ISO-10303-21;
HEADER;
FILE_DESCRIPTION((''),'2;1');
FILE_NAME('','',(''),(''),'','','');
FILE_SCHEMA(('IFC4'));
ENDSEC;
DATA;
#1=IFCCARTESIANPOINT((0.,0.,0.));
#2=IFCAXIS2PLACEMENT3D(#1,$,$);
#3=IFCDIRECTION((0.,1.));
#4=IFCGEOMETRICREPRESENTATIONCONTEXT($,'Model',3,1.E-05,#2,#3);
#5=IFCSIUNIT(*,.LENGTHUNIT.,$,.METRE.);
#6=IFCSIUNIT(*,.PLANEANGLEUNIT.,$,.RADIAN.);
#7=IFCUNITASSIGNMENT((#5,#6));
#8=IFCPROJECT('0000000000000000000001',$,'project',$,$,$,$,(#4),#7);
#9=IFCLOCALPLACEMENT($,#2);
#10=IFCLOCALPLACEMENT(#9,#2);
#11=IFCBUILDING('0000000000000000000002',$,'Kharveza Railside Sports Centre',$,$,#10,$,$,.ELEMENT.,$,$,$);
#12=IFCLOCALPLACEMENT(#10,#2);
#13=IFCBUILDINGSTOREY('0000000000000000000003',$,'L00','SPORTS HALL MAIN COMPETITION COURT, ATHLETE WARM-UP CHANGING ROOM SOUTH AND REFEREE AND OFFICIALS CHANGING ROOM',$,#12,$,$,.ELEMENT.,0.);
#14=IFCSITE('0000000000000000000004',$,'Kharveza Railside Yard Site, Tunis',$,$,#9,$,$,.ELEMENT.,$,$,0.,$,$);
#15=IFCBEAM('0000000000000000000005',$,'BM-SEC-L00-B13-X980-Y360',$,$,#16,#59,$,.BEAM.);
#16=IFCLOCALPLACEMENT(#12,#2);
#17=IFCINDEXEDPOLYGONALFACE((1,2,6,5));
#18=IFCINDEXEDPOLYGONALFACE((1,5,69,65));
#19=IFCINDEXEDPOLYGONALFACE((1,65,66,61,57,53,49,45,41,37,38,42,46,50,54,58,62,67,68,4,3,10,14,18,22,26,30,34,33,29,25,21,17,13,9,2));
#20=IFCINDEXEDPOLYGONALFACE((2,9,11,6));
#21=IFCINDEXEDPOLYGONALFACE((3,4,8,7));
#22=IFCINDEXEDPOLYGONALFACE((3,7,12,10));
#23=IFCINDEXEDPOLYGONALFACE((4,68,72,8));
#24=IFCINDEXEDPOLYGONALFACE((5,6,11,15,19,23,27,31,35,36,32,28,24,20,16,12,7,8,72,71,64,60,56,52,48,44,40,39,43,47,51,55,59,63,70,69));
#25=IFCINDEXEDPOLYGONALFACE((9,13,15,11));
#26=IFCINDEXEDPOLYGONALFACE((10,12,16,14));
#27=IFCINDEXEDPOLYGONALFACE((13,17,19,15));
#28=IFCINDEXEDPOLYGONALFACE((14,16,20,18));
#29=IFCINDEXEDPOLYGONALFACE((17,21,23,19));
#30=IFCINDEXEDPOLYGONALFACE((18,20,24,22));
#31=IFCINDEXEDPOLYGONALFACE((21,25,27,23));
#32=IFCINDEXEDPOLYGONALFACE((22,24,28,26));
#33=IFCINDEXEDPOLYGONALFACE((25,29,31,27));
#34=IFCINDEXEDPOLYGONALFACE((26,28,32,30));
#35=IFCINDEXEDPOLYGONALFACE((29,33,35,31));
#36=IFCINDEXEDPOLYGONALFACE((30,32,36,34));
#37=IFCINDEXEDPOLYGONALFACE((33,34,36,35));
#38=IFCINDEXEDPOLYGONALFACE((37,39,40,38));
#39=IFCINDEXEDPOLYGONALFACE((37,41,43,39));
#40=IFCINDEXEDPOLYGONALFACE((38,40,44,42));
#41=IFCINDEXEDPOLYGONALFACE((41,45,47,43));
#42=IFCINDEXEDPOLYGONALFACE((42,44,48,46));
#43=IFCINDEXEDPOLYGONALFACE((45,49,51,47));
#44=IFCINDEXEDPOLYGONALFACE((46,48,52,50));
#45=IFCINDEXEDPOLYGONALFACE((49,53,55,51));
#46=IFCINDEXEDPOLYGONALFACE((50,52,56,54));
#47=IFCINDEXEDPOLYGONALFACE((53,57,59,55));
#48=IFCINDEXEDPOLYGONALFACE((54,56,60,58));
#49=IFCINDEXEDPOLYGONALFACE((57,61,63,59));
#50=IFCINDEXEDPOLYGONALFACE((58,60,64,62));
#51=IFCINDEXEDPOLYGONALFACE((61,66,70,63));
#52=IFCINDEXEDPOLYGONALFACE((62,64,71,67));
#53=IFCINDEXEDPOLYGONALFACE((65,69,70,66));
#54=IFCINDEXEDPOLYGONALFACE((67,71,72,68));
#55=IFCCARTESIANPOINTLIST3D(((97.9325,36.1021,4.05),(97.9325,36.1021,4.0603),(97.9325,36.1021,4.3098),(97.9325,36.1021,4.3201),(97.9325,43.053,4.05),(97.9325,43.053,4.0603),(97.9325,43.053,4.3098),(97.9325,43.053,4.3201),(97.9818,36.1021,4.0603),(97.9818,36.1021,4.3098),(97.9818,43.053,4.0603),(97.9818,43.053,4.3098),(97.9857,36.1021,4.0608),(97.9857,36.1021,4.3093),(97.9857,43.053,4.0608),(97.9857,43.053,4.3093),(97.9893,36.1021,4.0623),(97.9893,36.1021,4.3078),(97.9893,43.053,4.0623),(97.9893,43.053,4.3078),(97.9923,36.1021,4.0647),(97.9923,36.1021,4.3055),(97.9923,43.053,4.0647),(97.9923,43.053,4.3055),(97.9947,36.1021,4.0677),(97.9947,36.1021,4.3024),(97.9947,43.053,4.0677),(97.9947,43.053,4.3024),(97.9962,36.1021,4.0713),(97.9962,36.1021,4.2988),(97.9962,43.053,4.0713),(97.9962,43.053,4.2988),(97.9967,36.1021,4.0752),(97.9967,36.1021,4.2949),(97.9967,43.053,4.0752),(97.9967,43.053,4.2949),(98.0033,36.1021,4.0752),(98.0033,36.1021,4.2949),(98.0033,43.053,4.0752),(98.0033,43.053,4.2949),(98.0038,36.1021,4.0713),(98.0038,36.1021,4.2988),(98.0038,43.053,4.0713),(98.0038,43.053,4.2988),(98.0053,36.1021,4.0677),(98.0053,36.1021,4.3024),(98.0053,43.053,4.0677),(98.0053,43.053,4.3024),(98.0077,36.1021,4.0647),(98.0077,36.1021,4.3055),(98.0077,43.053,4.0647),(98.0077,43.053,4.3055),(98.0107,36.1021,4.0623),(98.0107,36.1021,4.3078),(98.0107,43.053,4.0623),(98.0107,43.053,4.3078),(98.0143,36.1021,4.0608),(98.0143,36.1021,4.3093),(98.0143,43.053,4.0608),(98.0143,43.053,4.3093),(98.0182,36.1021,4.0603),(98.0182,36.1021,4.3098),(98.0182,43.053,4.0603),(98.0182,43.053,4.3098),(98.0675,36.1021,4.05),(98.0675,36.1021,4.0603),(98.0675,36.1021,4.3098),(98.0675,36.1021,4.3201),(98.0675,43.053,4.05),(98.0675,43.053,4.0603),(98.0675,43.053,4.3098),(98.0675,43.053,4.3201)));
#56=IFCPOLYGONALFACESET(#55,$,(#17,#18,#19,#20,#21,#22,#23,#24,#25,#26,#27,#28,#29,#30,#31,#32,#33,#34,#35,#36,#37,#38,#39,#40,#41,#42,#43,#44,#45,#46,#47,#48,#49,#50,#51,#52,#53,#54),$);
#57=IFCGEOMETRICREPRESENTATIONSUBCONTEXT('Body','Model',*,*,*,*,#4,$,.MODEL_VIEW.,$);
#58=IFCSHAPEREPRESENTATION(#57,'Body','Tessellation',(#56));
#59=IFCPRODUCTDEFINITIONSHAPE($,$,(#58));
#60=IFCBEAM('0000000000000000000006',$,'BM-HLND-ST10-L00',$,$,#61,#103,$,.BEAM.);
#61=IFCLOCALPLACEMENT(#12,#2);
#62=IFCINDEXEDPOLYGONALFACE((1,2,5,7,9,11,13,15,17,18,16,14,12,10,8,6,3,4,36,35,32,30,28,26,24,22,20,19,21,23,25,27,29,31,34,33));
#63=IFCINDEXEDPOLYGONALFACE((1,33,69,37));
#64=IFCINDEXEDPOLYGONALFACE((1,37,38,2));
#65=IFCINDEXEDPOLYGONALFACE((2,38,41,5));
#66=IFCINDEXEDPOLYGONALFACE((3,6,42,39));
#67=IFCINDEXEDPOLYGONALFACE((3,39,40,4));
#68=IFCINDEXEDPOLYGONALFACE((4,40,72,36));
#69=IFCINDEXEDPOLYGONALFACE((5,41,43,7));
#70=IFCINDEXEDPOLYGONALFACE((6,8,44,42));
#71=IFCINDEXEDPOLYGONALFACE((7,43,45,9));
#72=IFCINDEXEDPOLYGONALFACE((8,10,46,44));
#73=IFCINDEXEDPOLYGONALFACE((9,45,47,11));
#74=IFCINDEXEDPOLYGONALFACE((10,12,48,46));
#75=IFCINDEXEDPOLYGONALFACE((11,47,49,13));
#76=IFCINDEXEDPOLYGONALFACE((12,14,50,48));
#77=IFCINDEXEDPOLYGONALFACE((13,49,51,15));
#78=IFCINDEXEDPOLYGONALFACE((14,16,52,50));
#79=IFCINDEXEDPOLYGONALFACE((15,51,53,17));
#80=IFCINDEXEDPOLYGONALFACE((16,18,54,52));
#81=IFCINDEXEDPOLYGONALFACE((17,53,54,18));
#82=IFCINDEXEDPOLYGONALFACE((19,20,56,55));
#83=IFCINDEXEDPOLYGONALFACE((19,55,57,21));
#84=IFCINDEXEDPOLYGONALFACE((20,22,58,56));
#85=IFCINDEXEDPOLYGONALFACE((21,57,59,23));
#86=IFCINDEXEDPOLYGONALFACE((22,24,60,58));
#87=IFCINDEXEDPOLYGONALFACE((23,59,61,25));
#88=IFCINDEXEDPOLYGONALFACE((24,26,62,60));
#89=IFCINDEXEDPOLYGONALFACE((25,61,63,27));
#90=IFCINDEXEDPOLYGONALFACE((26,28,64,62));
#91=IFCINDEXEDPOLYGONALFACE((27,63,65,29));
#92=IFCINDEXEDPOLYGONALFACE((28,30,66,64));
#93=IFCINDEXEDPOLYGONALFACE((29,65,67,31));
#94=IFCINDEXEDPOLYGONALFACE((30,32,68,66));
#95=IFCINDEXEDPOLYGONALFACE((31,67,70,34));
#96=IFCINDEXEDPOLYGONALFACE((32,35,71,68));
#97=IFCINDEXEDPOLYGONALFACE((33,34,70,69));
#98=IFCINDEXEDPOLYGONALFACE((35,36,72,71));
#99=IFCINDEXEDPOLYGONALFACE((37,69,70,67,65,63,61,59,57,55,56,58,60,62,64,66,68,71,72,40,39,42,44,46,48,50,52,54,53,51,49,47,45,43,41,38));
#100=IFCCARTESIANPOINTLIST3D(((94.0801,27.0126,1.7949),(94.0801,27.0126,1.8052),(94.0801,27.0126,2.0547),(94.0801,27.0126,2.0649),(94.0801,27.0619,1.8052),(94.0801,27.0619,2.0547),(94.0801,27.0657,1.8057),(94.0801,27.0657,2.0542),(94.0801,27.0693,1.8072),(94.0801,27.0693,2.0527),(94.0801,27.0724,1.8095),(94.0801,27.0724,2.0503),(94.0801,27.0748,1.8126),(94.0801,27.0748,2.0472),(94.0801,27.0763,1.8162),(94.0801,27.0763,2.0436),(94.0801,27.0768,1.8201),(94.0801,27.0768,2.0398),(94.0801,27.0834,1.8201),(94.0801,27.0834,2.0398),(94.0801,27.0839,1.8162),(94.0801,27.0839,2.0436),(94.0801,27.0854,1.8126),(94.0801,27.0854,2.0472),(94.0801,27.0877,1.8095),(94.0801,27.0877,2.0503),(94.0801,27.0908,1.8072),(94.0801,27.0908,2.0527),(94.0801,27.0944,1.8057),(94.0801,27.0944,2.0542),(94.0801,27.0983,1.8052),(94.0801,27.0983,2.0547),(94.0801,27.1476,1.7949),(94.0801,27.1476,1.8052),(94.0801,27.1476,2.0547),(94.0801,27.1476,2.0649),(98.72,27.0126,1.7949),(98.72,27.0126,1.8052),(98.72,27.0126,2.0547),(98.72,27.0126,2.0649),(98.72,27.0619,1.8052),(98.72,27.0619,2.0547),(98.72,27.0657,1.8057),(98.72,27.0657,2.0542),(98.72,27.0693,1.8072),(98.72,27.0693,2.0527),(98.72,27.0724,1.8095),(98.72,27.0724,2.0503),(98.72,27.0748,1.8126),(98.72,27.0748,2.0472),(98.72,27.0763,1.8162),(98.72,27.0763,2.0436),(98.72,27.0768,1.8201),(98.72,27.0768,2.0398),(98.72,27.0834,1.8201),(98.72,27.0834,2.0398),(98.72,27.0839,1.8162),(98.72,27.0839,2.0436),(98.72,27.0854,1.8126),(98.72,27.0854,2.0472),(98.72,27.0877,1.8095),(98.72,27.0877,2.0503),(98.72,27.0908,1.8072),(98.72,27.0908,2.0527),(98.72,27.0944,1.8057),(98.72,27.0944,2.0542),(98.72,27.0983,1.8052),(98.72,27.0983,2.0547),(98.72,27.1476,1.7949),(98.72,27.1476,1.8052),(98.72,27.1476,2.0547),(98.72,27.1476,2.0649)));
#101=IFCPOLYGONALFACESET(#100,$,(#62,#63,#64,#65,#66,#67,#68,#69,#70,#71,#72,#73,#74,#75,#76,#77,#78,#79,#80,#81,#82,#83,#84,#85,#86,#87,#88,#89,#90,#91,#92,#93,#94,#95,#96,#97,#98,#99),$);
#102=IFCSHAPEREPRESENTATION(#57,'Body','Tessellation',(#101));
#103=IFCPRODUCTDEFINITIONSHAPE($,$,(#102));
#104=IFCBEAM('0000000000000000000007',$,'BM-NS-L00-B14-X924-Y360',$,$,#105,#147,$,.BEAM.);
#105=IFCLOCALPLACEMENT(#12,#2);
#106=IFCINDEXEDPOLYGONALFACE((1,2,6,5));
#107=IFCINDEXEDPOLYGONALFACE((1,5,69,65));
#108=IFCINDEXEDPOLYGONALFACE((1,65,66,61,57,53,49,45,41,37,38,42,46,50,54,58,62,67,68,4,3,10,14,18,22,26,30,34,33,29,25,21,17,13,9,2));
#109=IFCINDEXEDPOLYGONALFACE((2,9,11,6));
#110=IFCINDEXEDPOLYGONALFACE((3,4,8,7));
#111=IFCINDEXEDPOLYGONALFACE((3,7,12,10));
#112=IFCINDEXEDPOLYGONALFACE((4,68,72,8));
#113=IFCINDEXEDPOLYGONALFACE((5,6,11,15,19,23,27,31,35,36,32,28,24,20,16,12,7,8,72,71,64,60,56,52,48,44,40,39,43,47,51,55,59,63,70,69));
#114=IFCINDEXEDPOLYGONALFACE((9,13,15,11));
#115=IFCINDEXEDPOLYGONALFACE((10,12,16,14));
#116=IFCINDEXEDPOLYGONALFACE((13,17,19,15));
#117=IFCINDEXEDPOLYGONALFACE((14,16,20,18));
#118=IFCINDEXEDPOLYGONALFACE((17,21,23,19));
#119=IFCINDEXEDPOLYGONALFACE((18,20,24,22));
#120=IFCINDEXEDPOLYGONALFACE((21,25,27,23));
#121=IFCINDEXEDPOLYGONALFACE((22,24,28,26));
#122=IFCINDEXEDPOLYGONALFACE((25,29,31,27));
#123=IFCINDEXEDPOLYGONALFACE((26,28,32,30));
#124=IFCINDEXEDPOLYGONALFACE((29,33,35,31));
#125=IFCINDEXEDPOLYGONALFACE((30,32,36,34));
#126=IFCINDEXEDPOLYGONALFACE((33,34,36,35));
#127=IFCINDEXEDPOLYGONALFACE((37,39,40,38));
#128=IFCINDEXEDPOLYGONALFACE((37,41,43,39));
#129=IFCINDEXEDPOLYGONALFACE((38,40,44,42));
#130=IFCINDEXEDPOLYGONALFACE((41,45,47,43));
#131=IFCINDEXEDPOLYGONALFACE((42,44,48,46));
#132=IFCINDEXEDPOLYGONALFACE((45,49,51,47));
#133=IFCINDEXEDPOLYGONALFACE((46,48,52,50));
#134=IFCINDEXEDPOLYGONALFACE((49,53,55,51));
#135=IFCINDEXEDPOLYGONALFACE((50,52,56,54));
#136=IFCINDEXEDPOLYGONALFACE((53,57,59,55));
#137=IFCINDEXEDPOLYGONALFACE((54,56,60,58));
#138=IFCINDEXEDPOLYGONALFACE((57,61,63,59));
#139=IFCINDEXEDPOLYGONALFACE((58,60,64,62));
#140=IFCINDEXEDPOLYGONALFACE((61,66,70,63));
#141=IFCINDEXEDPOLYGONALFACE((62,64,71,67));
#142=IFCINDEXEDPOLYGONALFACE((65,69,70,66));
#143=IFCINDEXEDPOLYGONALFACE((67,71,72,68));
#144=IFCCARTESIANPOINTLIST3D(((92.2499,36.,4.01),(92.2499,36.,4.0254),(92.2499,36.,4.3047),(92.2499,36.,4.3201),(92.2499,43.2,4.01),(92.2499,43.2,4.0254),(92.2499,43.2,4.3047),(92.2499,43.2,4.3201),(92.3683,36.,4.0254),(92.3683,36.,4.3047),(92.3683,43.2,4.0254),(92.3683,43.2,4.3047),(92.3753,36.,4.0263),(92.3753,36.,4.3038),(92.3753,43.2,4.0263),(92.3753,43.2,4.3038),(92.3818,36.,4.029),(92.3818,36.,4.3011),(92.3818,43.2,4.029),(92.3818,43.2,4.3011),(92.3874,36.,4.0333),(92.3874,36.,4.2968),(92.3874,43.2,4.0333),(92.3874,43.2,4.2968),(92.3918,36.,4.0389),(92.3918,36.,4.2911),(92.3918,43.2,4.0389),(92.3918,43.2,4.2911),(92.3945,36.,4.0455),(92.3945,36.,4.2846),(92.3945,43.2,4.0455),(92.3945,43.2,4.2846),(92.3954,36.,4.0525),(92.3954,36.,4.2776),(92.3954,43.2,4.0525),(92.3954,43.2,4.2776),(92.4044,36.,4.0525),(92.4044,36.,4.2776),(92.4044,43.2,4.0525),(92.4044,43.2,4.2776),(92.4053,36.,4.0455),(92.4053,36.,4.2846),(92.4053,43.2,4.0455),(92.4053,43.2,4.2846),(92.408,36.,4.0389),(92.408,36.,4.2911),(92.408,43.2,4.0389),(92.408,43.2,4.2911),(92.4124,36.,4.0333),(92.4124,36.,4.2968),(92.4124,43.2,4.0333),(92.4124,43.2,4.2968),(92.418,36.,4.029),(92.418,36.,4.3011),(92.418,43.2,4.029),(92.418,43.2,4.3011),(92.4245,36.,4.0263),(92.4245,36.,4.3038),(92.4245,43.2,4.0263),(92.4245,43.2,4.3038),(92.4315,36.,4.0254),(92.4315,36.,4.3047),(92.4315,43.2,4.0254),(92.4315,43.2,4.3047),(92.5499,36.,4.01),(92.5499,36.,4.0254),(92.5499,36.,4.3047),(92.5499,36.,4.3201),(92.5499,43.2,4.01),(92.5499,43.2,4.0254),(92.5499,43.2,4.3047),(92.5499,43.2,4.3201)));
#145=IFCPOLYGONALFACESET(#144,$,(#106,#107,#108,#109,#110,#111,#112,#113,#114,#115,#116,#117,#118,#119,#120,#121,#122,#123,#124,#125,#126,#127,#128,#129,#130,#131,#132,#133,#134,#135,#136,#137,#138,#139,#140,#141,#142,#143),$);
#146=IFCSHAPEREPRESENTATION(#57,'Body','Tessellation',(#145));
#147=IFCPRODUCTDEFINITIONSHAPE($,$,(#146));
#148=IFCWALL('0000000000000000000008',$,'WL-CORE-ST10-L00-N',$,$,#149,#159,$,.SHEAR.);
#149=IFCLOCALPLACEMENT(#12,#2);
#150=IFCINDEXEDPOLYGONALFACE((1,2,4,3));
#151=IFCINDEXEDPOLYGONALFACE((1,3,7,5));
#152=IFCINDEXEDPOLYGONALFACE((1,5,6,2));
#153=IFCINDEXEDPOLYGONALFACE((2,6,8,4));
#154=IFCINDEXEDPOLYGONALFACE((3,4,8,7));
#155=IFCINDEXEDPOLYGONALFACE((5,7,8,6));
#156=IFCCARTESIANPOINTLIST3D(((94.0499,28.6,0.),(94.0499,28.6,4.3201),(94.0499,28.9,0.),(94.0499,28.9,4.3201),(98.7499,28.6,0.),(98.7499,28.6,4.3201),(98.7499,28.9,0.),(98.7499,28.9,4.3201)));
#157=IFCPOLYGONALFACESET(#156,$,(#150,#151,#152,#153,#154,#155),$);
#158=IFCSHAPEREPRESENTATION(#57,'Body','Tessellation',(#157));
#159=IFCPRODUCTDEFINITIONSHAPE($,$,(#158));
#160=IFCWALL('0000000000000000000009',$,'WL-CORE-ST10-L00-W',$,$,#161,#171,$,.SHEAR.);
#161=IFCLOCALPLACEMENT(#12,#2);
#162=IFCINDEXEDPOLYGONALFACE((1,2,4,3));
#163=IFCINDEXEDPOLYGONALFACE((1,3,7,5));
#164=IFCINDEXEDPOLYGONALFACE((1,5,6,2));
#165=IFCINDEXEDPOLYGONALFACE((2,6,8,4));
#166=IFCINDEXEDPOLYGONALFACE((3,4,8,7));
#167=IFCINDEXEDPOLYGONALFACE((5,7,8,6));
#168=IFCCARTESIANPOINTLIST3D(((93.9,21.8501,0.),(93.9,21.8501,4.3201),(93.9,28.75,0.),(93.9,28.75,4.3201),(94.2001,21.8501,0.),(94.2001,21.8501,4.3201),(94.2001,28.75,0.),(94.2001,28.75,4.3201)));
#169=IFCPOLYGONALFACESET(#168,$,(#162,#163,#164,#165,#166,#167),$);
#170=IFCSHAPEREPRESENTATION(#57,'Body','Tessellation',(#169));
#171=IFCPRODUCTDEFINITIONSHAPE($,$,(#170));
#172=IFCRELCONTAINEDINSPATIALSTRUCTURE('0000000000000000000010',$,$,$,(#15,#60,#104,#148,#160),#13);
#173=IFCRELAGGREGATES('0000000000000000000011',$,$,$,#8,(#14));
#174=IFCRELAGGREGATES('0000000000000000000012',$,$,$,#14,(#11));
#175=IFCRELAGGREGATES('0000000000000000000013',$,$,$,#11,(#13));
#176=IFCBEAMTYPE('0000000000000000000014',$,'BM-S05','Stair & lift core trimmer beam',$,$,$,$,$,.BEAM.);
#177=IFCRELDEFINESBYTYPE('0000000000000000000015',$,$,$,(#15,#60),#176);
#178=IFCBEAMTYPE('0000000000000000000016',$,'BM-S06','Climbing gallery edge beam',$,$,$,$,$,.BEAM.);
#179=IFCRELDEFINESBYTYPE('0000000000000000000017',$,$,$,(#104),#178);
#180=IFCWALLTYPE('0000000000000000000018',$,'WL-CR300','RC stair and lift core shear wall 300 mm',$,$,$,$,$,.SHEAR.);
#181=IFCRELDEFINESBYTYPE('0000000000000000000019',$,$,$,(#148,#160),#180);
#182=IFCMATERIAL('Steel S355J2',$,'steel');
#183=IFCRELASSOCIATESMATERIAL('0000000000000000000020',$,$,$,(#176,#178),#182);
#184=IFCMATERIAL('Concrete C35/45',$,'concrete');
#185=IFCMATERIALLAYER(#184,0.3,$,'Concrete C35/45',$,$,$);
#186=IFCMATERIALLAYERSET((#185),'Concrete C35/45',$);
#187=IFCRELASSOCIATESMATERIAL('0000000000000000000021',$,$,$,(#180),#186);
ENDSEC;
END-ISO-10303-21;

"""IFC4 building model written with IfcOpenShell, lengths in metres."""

from ifc_helpers import new_model, si_unit, direction, frame, frame_2d, origin, origin_2d, place, context, subcontext, project, spatial, rectangle, i_section, extrude, material, layer, layer_set, material_profile, profile_set, type_object, element, save


model = new_model("IFC4")

# Units and contexts
model_context = context("Model", 3, precision=1e-05, world=origin(), true_north=direction((0.0, 1.0)))
body_context = subcontext(model_context, "Body", "Model", "MODEL_VIEW")
ifc_project = project(units=[si_unit("LENGTHUNIT", "METRE"), si_unit("PLANEANGLEUNIT", "RADIAN")], contexts=[model_context])

# Site, building, storey
site_placement = place(None, origin())
site = spatial("IfcSite", under=ifc_project, at=site_placement, Name="Kharveza Railside Yard Site, Tunis", CompositionType="ELEMENT", RefElevation=0.0)
building_placement = place(site_placement, origin())
building = spatial("IfcBuilding", under=site, at=building_placement, Name="Kharveza Railside Sports Centre", CompositionType="ELEMENT")
storey_placement = place(building_placement, origin())
storey = spatial("IfcBuildingStorey", under=building, at=storey_placement, Name="L00", Description="SPORTS HALL MAIN COMPETITION COURT, ATHLETE WARM-UP CHANGING ROOM SOUTH AND REFEREE AND OFFICIALS CHANGING ROOM", CompositionType="ELEMENT", Elevation=0.0)

# Shared definitions
ifc_material_1 = material(Name="Concrete C35/45", Category="concrete")

# Shared definitions
ifc_material_2 = material(Name="Steel S355J2", Category="steel")

# Beams
ifc_material_profile_1 = material_profile(ifc_material_2, i_section(OverallWidth=0.135, OverallDepth=0.27, WebThickness=0.0066, FlangeThickness=0.0103, FilletRadius=0.0149, at=origin_2d()), Name="IPE 270")
ifc_profile_set_1 = profile_set([ifc_material_profile_1], Name="Steel S355J2")
beam_type_1 = type_object("IfcBeamType", Name="BM-S05", Description="Stair & lift core trimmer beam", PredefinedType="BEAM", material=ifc_profile_set_1)
beam_1_placement = place(storey_placement, frame((98.0, 36.1021, 4.1851), z_axis=(0.0, 1.0, 0.0), x_axis=(-1.0, 0.0, 0.0)))
element("IfcBeam", 1, at=beam_1_placement, inside=storey, type_object=beam_type_1, Name="BM-SEC-L00-B13-X980-Y360", PredefinedType="BEAM", context=body_context, shape_type="SweptSolid", body=[
    extrude(i_section(OverallWidth=0.135, OverallDepth=0.27, WebThickness=0.0066, FlangeThickness=0.0103, FilletRadius=0.0149, at=origin_2d()), origin(), (0.0, 0.0, 1.0), 6.9509),
])
beam_2_placement = place(storey_placement, frame((94.0801, 27.0801, 1.9299), z_axis=(1.0, 0.0, 0.0), x_axis=(0.0, 1.0, 0.0)))
element("IfcBeam", 2, at=beam_2_placement, inside=storey, type_object=beam_type_1, Name="BM-HLND-ST10-L00", PredefinedType="BEAM", context=body_context, shape_type="SweptSolid", body=[
    extrude(i_section(OverallWidth=0.135, OverallDepth=0.27, WebThickness=0.0066, FlangeThickness=0.0103, FilletRadius=0.0149, at=origin_2d()), origin(), (0.0, 0.0, 1.0), 4.6399),
])
ifc_material_profile_2 = material_profile(ifc_material_2, i_section(OverallWidth=0.3, OverallDepth=0.3101, WebThickness=0.009, FlangeThickness=0.0154, FilletRadius=0.0271, at=origin_2d()), Name="HEA 320")
ifc_profile_set_2 = profile_set([ifc_material_profile_2], Name="Steel S355J2")
beam_type_2 = type_object("IfcBeamType", Name="BM-S06", Description="Climbing gallery edge beam", PredefinedType="BEAM", material=ifc_profile_set_2)
beam_3_placement = place(storey_placement, frame((92.3999, 36.0, 4.165), z_axis=(0.0, 1.0, 0.0), x_axis=(-1.0, 0.0, 0.0)))
element("IfcBeam", 3, at=beam_3_placement, inside=storey, type_object=beam_type_2, Name="BM-NS-L00-B14-X924-Y360", PredefinedType="BEAM", context=body_context, shape_type="SweptSolid", body=[
    extrude(i_section(OverallWidth=0.3, OverallDepth=0.3101, WebThickness=0.009, FlangeThickness=0.0154, FilletRadius=0.0271, at=origin_2d()), origin(), (0.0, 0.0, 1.0), 7.2),
])

# Walls
ifc_layer = layer(ifc_material_1, 0.3, Name="Concrete C35/45")
ifc_layer_set = layer_set([ifc_layer], Name="Concrete C35/45")
wall_type = type_object("IfcWallType", Name="WL-CR300", Description="RC stair and lift core shear wall 300 mm", PredefinedType="SHEAR", material=ifc_layer_set)
wall_1_placement = place(storey_placement, frame((98.75, 28.75, 0.0), z_axis=(0.0, 0.0, 1.0), x_axis=(-1.0, 0.0, 0.0)))
element("IfcWall", 4, at=wall_1_placement, inside=storey, type_object=wall_type, Name="WL-CORE-ST10-L00-N", PredefinedType="SHEAR", context=body_context, shape_type="SweptSolid", body=[
    extrude(rectangle(XDim=4.7, YDim=0.3, at=frame_2d((2.3501, 0.0))), origin(), (0.0, 0.0, 1.0), 4.3201),
])
wall_2_placement = place(storey_placement, frame((94.05, 28.75, 0.0), z_axis=(0.0, 0.0, 1.0), x_axis=(0.0, -1.0, 0.0)))
element("IfcWall", 5, at=wall_2_placement, inside=storey, type_object=wall_type, Name="WL-CORE-ST10-L00-W", PredefinedType="SHEAR", context=body_context, shape_type="SweptSolid", body=[
    extrude(rectangle(XDim=6.8999, YDim=0.3, at=frame_2d((3.45, 0.0))), origin(), (0.0, 0.0, 1.0), 4.3201),
])

save(model, "model.ifc")
